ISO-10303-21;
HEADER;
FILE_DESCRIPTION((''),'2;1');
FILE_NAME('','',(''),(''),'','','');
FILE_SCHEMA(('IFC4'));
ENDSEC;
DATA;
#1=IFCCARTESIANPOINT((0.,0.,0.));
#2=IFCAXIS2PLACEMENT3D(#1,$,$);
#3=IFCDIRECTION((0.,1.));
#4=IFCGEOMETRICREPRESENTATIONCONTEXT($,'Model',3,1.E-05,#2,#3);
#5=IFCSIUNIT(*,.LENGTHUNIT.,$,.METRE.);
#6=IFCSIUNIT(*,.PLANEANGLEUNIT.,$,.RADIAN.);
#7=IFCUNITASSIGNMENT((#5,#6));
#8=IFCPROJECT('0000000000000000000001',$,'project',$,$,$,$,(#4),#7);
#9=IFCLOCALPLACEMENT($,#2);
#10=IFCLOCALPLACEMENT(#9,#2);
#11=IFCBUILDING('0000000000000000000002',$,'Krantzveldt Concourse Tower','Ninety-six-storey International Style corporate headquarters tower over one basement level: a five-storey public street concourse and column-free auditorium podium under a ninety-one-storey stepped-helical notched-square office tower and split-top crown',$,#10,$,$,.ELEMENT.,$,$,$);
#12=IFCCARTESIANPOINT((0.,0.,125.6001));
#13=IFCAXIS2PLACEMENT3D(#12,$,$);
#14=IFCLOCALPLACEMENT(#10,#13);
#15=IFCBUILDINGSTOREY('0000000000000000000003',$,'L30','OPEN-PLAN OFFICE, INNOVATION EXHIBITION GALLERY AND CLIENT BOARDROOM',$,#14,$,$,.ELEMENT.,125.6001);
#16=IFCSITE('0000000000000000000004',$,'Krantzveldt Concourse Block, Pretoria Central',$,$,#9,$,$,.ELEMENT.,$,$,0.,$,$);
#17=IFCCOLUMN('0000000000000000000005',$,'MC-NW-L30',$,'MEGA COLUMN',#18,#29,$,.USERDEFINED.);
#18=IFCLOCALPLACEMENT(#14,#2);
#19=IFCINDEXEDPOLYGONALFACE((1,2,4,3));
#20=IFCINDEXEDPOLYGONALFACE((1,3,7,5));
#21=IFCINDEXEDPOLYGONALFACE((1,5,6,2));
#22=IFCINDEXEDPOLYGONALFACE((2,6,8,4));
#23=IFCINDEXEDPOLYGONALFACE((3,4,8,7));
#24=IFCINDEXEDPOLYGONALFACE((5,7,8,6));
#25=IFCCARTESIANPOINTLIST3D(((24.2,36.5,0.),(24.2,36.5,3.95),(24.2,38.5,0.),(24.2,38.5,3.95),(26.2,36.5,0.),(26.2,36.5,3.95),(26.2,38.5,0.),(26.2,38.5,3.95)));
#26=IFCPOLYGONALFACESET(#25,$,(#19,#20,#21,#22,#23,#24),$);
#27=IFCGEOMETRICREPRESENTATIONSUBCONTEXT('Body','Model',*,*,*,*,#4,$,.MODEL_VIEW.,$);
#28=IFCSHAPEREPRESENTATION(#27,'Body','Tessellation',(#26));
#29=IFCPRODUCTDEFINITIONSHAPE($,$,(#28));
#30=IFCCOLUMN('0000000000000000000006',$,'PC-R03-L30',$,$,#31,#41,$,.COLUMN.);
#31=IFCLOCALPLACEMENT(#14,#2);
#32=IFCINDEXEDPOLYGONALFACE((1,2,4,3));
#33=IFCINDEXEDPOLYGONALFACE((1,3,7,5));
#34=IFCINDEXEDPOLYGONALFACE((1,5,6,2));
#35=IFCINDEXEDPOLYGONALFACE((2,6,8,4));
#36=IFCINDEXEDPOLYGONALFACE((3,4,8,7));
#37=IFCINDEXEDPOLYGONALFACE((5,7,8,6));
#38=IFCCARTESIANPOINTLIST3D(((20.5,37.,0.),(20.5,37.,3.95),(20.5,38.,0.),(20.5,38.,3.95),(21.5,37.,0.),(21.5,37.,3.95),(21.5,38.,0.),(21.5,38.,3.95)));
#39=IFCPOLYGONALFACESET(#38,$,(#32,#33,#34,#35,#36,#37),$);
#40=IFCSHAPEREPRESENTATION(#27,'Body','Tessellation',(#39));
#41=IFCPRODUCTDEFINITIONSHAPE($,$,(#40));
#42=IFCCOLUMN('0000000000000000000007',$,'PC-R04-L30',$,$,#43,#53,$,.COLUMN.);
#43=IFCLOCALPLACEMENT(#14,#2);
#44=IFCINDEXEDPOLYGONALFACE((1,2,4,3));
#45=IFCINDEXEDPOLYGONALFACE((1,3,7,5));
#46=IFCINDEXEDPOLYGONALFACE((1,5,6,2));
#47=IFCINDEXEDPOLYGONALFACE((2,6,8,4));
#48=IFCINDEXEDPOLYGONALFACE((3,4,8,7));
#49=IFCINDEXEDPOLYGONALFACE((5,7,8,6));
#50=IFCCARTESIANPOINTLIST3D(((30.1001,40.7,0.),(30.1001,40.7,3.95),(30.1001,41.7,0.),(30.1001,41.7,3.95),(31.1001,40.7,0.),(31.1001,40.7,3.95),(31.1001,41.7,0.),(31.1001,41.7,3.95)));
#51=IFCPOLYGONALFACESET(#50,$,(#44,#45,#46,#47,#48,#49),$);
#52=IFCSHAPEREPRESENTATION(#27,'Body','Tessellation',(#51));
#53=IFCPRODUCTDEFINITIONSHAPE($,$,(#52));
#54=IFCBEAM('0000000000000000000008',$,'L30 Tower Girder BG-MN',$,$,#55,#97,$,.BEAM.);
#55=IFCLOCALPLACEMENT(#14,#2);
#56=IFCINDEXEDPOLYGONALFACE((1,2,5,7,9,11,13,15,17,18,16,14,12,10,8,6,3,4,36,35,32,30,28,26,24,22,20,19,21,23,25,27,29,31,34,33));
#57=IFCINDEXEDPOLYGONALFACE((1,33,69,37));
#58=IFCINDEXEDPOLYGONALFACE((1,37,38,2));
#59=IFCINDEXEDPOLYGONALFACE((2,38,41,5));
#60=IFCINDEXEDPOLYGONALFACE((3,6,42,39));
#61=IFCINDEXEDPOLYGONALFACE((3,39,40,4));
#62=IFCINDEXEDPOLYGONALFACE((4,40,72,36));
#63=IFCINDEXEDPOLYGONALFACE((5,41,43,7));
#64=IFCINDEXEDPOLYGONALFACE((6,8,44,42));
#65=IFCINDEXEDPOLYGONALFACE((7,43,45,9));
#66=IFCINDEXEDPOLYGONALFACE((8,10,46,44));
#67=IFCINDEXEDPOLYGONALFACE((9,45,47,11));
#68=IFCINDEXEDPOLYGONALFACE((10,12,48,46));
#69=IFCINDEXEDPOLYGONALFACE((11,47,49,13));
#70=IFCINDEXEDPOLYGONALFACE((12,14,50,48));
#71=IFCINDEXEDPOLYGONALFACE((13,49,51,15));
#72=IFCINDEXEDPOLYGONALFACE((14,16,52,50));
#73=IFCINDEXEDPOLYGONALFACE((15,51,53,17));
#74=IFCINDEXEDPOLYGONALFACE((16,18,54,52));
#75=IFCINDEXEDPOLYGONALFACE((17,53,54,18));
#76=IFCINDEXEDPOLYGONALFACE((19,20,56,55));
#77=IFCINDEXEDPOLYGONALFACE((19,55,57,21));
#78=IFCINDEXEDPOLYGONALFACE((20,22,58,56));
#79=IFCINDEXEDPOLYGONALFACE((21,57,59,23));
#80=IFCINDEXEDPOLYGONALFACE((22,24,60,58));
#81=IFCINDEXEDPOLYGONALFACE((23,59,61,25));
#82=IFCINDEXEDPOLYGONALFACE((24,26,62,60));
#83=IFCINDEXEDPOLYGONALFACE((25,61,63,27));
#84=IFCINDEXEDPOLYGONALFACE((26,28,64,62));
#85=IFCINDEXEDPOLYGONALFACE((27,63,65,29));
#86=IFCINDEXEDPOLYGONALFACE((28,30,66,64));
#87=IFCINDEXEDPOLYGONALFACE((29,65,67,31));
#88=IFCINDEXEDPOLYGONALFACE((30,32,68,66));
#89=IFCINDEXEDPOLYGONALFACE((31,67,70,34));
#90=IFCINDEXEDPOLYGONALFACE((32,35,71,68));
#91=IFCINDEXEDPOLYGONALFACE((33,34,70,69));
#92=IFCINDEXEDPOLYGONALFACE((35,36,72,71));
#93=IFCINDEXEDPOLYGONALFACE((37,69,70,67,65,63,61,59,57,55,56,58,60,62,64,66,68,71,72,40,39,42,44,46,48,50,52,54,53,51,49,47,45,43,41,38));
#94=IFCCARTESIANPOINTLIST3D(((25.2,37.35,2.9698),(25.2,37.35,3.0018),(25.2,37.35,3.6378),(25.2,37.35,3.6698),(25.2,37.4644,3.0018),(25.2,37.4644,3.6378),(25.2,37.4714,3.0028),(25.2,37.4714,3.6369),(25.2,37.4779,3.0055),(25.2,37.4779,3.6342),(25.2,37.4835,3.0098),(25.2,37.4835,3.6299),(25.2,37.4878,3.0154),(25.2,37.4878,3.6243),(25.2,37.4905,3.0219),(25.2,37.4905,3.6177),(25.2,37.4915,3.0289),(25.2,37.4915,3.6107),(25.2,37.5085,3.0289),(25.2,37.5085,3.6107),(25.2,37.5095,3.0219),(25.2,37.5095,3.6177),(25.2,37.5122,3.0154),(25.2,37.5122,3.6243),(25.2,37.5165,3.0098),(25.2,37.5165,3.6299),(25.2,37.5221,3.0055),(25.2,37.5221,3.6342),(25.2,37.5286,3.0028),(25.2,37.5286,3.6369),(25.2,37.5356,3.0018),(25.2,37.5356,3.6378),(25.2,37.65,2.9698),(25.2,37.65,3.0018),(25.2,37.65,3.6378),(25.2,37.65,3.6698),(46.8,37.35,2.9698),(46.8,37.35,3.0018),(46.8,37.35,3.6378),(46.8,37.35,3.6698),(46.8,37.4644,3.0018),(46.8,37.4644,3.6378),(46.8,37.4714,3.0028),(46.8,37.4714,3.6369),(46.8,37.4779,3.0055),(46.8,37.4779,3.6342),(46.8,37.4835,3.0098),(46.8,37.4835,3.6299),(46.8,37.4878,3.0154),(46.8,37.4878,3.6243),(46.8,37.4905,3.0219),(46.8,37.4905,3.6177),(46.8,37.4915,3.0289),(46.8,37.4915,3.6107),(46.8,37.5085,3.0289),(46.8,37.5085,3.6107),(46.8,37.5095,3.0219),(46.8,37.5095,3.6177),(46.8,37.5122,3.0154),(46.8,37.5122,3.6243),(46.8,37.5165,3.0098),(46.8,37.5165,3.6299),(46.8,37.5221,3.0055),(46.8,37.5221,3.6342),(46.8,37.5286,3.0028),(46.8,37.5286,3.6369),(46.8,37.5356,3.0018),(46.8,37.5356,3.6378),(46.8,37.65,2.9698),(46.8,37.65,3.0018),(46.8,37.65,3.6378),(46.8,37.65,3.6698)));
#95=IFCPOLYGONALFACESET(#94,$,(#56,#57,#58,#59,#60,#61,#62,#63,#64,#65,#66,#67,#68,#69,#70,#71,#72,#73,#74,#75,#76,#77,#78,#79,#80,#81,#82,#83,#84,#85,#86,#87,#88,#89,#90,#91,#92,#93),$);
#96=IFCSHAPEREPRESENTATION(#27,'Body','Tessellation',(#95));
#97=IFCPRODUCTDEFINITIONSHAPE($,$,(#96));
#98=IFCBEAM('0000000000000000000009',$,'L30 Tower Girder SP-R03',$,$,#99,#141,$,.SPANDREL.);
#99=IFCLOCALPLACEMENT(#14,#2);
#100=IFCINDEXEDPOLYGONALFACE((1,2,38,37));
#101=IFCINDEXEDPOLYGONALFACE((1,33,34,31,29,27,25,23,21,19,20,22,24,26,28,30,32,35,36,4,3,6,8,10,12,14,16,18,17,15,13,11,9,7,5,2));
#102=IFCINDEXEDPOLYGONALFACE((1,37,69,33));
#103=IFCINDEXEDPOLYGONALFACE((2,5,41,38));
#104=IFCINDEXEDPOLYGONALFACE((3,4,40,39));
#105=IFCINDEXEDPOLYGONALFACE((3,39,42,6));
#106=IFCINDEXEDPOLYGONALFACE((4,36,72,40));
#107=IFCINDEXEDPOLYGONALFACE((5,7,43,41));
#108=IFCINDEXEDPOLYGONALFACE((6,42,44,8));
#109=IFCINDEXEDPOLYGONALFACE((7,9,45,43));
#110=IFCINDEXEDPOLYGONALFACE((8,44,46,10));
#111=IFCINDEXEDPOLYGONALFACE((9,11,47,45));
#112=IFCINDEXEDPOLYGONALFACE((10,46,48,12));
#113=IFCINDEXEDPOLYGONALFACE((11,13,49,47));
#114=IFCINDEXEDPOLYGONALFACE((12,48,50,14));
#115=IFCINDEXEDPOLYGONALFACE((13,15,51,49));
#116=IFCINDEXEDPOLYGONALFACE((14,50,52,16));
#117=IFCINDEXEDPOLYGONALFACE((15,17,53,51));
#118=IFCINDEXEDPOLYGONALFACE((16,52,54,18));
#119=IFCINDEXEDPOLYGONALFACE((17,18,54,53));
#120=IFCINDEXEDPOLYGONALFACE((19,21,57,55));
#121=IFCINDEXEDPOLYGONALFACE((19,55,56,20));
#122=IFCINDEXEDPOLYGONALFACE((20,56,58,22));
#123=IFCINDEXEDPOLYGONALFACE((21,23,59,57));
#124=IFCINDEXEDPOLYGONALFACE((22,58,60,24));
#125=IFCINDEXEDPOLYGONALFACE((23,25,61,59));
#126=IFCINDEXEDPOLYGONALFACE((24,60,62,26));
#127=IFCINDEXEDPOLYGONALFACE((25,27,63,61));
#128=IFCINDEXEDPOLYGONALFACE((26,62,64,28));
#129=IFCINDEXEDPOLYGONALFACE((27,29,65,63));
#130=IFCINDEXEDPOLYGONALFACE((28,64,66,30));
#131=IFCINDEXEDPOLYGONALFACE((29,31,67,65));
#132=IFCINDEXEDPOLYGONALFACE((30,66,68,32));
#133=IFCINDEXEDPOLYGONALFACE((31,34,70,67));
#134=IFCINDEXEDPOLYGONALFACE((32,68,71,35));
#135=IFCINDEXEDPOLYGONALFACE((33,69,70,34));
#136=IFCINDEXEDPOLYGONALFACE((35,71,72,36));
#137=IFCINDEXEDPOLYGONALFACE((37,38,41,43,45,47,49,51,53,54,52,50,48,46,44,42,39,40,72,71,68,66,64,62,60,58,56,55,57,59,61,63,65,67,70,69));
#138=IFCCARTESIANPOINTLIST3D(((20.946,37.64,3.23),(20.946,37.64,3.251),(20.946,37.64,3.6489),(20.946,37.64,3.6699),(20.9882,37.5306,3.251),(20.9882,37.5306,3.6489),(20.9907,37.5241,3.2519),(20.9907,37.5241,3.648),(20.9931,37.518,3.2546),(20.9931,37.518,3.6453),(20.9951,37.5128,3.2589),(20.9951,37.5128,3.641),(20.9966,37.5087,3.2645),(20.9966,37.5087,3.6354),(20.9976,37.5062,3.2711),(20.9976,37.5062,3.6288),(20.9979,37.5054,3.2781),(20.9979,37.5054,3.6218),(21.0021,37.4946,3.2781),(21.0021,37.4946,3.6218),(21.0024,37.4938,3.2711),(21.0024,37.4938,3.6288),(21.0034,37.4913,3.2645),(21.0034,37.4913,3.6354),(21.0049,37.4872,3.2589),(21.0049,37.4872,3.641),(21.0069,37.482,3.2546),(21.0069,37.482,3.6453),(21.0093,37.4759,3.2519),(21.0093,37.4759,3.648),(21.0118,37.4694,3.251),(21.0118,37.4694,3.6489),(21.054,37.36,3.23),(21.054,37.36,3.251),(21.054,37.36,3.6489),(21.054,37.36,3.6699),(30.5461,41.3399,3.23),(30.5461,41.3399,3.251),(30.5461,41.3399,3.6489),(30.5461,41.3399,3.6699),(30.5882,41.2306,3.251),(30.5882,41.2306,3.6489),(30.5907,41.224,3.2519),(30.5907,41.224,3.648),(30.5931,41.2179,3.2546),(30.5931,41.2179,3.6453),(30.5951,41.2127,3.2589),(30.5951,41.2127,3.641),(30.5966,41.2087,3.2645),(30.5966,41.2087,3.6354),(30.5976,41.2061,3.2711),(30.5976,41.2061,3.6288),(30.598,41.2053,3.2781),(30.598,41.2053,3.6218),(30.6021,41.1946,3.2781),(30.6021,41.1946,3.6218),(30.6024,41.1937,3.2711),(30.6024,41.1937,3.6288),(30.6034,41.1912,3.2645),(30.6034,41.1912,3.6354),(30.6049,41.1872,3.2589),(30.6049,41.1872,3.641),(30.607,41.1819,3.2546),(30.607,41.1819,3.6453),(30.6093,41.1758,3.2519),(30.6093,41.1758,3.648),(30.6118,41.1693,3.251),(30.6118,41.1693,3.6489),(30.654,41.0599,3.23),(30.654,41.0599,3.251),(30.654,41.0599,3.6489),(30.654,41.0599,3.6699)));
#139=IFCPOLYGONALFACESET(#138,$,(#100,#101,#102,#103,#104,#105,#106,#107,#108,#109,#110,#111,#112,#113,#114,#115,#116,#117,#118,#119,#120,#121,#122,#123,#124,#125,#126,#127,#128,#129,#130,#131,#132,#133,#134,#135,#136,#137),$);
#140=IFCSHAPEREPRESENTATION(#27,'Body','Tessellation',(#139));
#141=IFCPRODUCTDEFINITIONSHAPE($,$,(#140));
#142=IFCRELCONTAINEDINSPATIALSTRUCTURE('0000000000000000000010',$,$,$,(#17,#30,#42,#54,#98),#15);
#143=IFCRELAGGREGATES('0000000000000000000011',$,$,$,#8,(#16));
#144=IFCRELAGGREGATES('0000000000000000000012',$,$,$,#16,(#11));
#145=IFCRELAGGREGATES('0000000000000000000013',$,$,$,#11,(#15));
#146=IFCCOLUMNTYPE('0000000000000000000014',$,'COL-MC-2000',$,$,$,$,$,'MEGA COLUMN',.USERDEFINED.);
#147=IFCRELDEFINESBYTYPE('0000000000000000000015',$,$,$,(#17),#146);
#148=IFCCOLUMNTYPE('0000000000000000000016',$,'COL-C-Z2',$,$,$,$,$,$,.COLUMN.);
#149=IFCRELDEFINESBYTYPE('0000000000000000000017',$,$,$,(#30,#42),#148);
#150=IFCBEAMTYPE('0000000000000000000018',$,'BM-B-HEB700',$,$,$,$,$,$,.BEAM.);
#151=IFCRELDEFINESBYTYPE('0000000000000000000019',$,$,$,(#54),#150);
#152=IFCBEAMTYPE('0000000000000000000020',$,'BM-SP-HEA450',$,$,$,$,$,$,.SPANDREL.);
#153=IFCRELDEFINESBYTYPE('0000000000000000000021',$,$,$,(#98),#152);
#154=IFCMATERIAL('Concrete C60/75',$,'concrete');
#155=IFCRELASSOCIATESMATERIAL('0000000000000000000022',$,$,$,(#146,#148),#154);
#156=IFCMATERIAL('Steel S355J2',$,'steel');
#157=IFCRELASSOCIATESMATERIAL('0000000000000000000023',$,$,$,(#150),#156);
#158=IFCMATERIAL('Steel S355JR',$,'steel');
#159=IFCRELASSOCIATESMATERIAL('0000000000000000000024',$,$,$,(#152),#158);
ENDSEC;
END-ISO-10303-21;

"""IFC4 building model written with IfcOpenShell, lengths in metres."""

from ifc_helpers import new_model, si_unit, direction, frame, origin, origin_2d, place, context, subcontext, project, spatial, rectangle, i_section, extrude, source, transform, mapped, material, material_profile, profile_set, type_object, type_shapes, element, save


model = new_model("IFC4")

# Units and contexts
model_context = context("Model", 3, precision=1e-05, world=origin(), true_north=direction((0.0, 1.0)))
body_context = subcontext(model_context, "Body", "Model", "MODEL_VIEW")
ifc_project = project(units=[si_unit("LENGTHUNIT", "METRE"), si_unit("PLANEANGLEUNIT", "RADIAN")], contexts=[model_context])

# Site, building, storey
site_placement = place(None, origin())
site = spatial("IfcSite", under=ifc_project, at=site_placement, Name="Krantzveldt Concourse Block, Pretoria Central", CompositionType="ELEMENT", RefElevation=0.0)
building_placement = place(site_placement, origin())
building = spatial("IfcBuilding", under=site, at=building_placement, Name="Krantzveldt Concourse Tower", Description="Ninety-six-storey International Style corporate headquarters tower over one basement level: a five-storey public street concourse and column-free auditorium podium under a ninety-one-storey stepped-helical notched-square office tower and split-top crown", CompositionType="ELEMENT")
storey_placement = place(building_placement, frame((0.0, 0.0, 125.6001)))
storey = spatial("IfcBuildingStorey", under=building, at=storey_placement, Name="L30", Description="OPEN-PLAN OFFICE, INNOVATION EXHIBITION GALLERY AND CLIENT BOARDROOM", CompositionType="ELEMENT", Elevation=125.6001)

# Columns
ifc_material_1 = material(Name="Concrete C60/75", Category="concrete")
ifc_material_profile_1 = material_profile(ifc_material_1, rectangle(XDim=2.0, YDim=2.0, at=origin_2d()), Name="Concrete C60/75", Category="concrete")
ifc_profile_set_1 = profile_set([ifc_material_profile_1], Name="Concrete C60/75 - RC 2000x2000")
column_type_1 = type_object("IfcColumnType", Name="COL-MC-2000", ElementType="MEGA COLUMN", PredefinedType="USERDEFINED", material=ifc_profile_set_1)
shared_shape_1 = source(origin(), body_context, "Body", "SweptSolid", [
    extrude(rectangle(XDim=2.0, YDim=2.0, at=origin_2d()), origin(), (0.0, 0.0, 1.0), 3.95),
])
type_shapes(column_type_1, [shared_shape_1])
column_placement = place(storey_placement, frame((25.2, 37.5, 0.0), z_axis=(0.0, 0.0, 1.0), x_axis=(1.0, 0.0, 0.0)))
element("IfcColumn", 1, at=column_placement, inside=storey, type_object=column_type_1, Name="MC-NW-L30", ObjectType="MEGA COLUMN", PredefinedType="USERDEFINED", context=body_context, shape_type="MappedRepresentation", body=[
    mapped(shared_shape_1, transform((0.0, 0.0, 0.0), x_axis=(1.0, 0.0, 0.0), y_axis=(0.0, 1.0, 0.0), z_axis=(0.0, 0.0, 1.0), scale=1.0)),
])
ifc_material_profile_2 = material_profile(ifc_material_1, rectangle(XDim=1.0, YDim=1.0, at=origin_2d()), Name="Concrete C60/75", Category="concrete")
ifc_profile_set_2 = profile_set([ifc_material_profile_2], Name="Concrete C60/75 - RC 1000x1000")
column_type_2 = type_object("IfcColumnType", Name="COL-C-Z2", PredefinedType="COLUMN", material=ifc_profile_set_2)
shared_shape_2 = source(origin(), body_context, "Body", "SweptSolid", [
    extrude(rectangle(XDim=1.0, YDim=1.0, at=origin_2d()), origin(), (0.0, 0.0, 1.0), 3.95),
])
type_shapes(column_type_2, [shared_shape_2])
for number, where, z_axis, x_axis, name in (
    (2, (21.0, 37.5, 0.0), (0.0, 0.0, 1.0), (1.0, 0.0, 0.0), "PC-R03-L30"),
    (3, (30.6001, 41.2, 0.0), (0.0, 0.0, 1.0), (1.0, 0.0, 0.0), "PC-R04-L30"),
):
    element("IfcColumn", number, at=place(storey_placement, frame(where, z_axis=z_axis, x_axis=x_axis)), inside=storey, type_object=column_type_2, Name=name, PredefinedType="COLUMN", context=body_context, shape_type="MappedRepresentation", body=[
        mapped(shared_shape_2, transform((0.0, 0.0, 0.0), x_axis=(1.0, 0.0, 0.0), y_axis=(0.0, 1.0, 0.0), z_axis=(0.0, 0.0, 1.0), scale=1.0)),
    ])

# Beams
ifc_material_2 = material(Name="Steel S355J2", Category="steel")
ifc_material_profile_3 = material_profile(ifc_material_2, i_section(OverallWidth=0.3, OverallDepth=0.7, WebThickness=0.0171, FlangeThickness=0.032, FilletRadius=0.0271, at=origin_2d()), Name="Steel S355J2", Category="steel")
ifc_profile_set_3 = profile_set([ifc_material_profile_3], Name="Steel S355J2 - HEB 700")
beam_type_1 = type_object("IfcBeamType", Name="BM-B-HEB700", PredefinedType="BEAM", material=ifc_profile_set_3)
shared_shape_3 = source(origin(), body_context, "Body", "SweptSolid", [
    extrude(i_section(OverallWidth=0.3, OverallDepth=0.7, WebThickness=0.0171, FlangeThickness=0.032, FilletRadius=0.0271, at=origin_2d()), origin(), (0.0, 0.0, 1.0), 21.6001),
])
type_shapes(beam_type_1, [shared_shape_3])
beam_1_placement = place(storey_placement, frame((25.2, 37.5, 3.3198), z_axis=(1.0, 0.0, 0.0), x_axis=(0.0, 1.0, 0.0)))
element("IfcBeam", 4, at=beam_1_placement, inside=storey, type_object=beam_type_1, Name="L30 Tower Girder BG-MN", PredefinedType="BEAM", context=body_context, shape_type="MappedRepresentation", body=[
    mapped(shared_shape_3, transform((0.0, 0.0, 0.0), x_axis=(1.0, 0.0, 0.0), y_axis=(0.0, 1.0, 0.0), z_axis=(0.0, 0.0, 1.0), scale=1.0)),
])
ifc_material_3 = material(Name="Steel S355JR", Category="steel")
ifc_material_profile_4 = material_profile(ifc_material_3, i_section(OverallWidth=0.3, OverallDepth=0.4399, WebThickness=0.0115, FlangeThickness=0.021, FilletRadius=0.0271, at=origin_2d()), Name="Steel S355JR", Category="steel")
ifc_profile_set_4 = profile_set([ifc_material_profile_4], Name="Steel S355JR - HEA 450")
beam_type_2 = type_object("IfcBeamType", Name="BM-SP-HEA450", PredefinedType="SPANDREL", material=ifc_profile_set_4)
shared_shape_4 = source(origin(), body_context, "Body", "SweptSolid", [
    extrude(i_section(OverallWidth=0.3, OverallDepth=0.4399, WebThickness=0.0115, FlangeThickness=0.021, FilletRadius=0.0271, at=origin_2d()), origin(), (0.0, 0.0, 1.0), 10.2883),
])
beam_2_placement = place(storey_placement, frame((21.0, 37.5, 3.45), z_axis=(0.933098, 0.359623, 0.0), x_axis=(-0.359623, 0.933098, 0.0)))
element("IfcBeam", 5, at=beam_2_placement, inside=storey, type_object=beam_type_2, Name="L30 Tower Girder SP-R03", PredefinedType="SPANDREL", context=body_context, shape_type="MappedRepresentation", body=[
    mapped(shared_shape_4, transform((0.0, 0.0, 0.0), x_axis=(1.0, 0.0, 0.0), y_axis=(0.0, 1.0, 0.0), z_axis=(0.0, 0.0, 1.0), scale=1.0)),
])

save(model, "model.ifc")
